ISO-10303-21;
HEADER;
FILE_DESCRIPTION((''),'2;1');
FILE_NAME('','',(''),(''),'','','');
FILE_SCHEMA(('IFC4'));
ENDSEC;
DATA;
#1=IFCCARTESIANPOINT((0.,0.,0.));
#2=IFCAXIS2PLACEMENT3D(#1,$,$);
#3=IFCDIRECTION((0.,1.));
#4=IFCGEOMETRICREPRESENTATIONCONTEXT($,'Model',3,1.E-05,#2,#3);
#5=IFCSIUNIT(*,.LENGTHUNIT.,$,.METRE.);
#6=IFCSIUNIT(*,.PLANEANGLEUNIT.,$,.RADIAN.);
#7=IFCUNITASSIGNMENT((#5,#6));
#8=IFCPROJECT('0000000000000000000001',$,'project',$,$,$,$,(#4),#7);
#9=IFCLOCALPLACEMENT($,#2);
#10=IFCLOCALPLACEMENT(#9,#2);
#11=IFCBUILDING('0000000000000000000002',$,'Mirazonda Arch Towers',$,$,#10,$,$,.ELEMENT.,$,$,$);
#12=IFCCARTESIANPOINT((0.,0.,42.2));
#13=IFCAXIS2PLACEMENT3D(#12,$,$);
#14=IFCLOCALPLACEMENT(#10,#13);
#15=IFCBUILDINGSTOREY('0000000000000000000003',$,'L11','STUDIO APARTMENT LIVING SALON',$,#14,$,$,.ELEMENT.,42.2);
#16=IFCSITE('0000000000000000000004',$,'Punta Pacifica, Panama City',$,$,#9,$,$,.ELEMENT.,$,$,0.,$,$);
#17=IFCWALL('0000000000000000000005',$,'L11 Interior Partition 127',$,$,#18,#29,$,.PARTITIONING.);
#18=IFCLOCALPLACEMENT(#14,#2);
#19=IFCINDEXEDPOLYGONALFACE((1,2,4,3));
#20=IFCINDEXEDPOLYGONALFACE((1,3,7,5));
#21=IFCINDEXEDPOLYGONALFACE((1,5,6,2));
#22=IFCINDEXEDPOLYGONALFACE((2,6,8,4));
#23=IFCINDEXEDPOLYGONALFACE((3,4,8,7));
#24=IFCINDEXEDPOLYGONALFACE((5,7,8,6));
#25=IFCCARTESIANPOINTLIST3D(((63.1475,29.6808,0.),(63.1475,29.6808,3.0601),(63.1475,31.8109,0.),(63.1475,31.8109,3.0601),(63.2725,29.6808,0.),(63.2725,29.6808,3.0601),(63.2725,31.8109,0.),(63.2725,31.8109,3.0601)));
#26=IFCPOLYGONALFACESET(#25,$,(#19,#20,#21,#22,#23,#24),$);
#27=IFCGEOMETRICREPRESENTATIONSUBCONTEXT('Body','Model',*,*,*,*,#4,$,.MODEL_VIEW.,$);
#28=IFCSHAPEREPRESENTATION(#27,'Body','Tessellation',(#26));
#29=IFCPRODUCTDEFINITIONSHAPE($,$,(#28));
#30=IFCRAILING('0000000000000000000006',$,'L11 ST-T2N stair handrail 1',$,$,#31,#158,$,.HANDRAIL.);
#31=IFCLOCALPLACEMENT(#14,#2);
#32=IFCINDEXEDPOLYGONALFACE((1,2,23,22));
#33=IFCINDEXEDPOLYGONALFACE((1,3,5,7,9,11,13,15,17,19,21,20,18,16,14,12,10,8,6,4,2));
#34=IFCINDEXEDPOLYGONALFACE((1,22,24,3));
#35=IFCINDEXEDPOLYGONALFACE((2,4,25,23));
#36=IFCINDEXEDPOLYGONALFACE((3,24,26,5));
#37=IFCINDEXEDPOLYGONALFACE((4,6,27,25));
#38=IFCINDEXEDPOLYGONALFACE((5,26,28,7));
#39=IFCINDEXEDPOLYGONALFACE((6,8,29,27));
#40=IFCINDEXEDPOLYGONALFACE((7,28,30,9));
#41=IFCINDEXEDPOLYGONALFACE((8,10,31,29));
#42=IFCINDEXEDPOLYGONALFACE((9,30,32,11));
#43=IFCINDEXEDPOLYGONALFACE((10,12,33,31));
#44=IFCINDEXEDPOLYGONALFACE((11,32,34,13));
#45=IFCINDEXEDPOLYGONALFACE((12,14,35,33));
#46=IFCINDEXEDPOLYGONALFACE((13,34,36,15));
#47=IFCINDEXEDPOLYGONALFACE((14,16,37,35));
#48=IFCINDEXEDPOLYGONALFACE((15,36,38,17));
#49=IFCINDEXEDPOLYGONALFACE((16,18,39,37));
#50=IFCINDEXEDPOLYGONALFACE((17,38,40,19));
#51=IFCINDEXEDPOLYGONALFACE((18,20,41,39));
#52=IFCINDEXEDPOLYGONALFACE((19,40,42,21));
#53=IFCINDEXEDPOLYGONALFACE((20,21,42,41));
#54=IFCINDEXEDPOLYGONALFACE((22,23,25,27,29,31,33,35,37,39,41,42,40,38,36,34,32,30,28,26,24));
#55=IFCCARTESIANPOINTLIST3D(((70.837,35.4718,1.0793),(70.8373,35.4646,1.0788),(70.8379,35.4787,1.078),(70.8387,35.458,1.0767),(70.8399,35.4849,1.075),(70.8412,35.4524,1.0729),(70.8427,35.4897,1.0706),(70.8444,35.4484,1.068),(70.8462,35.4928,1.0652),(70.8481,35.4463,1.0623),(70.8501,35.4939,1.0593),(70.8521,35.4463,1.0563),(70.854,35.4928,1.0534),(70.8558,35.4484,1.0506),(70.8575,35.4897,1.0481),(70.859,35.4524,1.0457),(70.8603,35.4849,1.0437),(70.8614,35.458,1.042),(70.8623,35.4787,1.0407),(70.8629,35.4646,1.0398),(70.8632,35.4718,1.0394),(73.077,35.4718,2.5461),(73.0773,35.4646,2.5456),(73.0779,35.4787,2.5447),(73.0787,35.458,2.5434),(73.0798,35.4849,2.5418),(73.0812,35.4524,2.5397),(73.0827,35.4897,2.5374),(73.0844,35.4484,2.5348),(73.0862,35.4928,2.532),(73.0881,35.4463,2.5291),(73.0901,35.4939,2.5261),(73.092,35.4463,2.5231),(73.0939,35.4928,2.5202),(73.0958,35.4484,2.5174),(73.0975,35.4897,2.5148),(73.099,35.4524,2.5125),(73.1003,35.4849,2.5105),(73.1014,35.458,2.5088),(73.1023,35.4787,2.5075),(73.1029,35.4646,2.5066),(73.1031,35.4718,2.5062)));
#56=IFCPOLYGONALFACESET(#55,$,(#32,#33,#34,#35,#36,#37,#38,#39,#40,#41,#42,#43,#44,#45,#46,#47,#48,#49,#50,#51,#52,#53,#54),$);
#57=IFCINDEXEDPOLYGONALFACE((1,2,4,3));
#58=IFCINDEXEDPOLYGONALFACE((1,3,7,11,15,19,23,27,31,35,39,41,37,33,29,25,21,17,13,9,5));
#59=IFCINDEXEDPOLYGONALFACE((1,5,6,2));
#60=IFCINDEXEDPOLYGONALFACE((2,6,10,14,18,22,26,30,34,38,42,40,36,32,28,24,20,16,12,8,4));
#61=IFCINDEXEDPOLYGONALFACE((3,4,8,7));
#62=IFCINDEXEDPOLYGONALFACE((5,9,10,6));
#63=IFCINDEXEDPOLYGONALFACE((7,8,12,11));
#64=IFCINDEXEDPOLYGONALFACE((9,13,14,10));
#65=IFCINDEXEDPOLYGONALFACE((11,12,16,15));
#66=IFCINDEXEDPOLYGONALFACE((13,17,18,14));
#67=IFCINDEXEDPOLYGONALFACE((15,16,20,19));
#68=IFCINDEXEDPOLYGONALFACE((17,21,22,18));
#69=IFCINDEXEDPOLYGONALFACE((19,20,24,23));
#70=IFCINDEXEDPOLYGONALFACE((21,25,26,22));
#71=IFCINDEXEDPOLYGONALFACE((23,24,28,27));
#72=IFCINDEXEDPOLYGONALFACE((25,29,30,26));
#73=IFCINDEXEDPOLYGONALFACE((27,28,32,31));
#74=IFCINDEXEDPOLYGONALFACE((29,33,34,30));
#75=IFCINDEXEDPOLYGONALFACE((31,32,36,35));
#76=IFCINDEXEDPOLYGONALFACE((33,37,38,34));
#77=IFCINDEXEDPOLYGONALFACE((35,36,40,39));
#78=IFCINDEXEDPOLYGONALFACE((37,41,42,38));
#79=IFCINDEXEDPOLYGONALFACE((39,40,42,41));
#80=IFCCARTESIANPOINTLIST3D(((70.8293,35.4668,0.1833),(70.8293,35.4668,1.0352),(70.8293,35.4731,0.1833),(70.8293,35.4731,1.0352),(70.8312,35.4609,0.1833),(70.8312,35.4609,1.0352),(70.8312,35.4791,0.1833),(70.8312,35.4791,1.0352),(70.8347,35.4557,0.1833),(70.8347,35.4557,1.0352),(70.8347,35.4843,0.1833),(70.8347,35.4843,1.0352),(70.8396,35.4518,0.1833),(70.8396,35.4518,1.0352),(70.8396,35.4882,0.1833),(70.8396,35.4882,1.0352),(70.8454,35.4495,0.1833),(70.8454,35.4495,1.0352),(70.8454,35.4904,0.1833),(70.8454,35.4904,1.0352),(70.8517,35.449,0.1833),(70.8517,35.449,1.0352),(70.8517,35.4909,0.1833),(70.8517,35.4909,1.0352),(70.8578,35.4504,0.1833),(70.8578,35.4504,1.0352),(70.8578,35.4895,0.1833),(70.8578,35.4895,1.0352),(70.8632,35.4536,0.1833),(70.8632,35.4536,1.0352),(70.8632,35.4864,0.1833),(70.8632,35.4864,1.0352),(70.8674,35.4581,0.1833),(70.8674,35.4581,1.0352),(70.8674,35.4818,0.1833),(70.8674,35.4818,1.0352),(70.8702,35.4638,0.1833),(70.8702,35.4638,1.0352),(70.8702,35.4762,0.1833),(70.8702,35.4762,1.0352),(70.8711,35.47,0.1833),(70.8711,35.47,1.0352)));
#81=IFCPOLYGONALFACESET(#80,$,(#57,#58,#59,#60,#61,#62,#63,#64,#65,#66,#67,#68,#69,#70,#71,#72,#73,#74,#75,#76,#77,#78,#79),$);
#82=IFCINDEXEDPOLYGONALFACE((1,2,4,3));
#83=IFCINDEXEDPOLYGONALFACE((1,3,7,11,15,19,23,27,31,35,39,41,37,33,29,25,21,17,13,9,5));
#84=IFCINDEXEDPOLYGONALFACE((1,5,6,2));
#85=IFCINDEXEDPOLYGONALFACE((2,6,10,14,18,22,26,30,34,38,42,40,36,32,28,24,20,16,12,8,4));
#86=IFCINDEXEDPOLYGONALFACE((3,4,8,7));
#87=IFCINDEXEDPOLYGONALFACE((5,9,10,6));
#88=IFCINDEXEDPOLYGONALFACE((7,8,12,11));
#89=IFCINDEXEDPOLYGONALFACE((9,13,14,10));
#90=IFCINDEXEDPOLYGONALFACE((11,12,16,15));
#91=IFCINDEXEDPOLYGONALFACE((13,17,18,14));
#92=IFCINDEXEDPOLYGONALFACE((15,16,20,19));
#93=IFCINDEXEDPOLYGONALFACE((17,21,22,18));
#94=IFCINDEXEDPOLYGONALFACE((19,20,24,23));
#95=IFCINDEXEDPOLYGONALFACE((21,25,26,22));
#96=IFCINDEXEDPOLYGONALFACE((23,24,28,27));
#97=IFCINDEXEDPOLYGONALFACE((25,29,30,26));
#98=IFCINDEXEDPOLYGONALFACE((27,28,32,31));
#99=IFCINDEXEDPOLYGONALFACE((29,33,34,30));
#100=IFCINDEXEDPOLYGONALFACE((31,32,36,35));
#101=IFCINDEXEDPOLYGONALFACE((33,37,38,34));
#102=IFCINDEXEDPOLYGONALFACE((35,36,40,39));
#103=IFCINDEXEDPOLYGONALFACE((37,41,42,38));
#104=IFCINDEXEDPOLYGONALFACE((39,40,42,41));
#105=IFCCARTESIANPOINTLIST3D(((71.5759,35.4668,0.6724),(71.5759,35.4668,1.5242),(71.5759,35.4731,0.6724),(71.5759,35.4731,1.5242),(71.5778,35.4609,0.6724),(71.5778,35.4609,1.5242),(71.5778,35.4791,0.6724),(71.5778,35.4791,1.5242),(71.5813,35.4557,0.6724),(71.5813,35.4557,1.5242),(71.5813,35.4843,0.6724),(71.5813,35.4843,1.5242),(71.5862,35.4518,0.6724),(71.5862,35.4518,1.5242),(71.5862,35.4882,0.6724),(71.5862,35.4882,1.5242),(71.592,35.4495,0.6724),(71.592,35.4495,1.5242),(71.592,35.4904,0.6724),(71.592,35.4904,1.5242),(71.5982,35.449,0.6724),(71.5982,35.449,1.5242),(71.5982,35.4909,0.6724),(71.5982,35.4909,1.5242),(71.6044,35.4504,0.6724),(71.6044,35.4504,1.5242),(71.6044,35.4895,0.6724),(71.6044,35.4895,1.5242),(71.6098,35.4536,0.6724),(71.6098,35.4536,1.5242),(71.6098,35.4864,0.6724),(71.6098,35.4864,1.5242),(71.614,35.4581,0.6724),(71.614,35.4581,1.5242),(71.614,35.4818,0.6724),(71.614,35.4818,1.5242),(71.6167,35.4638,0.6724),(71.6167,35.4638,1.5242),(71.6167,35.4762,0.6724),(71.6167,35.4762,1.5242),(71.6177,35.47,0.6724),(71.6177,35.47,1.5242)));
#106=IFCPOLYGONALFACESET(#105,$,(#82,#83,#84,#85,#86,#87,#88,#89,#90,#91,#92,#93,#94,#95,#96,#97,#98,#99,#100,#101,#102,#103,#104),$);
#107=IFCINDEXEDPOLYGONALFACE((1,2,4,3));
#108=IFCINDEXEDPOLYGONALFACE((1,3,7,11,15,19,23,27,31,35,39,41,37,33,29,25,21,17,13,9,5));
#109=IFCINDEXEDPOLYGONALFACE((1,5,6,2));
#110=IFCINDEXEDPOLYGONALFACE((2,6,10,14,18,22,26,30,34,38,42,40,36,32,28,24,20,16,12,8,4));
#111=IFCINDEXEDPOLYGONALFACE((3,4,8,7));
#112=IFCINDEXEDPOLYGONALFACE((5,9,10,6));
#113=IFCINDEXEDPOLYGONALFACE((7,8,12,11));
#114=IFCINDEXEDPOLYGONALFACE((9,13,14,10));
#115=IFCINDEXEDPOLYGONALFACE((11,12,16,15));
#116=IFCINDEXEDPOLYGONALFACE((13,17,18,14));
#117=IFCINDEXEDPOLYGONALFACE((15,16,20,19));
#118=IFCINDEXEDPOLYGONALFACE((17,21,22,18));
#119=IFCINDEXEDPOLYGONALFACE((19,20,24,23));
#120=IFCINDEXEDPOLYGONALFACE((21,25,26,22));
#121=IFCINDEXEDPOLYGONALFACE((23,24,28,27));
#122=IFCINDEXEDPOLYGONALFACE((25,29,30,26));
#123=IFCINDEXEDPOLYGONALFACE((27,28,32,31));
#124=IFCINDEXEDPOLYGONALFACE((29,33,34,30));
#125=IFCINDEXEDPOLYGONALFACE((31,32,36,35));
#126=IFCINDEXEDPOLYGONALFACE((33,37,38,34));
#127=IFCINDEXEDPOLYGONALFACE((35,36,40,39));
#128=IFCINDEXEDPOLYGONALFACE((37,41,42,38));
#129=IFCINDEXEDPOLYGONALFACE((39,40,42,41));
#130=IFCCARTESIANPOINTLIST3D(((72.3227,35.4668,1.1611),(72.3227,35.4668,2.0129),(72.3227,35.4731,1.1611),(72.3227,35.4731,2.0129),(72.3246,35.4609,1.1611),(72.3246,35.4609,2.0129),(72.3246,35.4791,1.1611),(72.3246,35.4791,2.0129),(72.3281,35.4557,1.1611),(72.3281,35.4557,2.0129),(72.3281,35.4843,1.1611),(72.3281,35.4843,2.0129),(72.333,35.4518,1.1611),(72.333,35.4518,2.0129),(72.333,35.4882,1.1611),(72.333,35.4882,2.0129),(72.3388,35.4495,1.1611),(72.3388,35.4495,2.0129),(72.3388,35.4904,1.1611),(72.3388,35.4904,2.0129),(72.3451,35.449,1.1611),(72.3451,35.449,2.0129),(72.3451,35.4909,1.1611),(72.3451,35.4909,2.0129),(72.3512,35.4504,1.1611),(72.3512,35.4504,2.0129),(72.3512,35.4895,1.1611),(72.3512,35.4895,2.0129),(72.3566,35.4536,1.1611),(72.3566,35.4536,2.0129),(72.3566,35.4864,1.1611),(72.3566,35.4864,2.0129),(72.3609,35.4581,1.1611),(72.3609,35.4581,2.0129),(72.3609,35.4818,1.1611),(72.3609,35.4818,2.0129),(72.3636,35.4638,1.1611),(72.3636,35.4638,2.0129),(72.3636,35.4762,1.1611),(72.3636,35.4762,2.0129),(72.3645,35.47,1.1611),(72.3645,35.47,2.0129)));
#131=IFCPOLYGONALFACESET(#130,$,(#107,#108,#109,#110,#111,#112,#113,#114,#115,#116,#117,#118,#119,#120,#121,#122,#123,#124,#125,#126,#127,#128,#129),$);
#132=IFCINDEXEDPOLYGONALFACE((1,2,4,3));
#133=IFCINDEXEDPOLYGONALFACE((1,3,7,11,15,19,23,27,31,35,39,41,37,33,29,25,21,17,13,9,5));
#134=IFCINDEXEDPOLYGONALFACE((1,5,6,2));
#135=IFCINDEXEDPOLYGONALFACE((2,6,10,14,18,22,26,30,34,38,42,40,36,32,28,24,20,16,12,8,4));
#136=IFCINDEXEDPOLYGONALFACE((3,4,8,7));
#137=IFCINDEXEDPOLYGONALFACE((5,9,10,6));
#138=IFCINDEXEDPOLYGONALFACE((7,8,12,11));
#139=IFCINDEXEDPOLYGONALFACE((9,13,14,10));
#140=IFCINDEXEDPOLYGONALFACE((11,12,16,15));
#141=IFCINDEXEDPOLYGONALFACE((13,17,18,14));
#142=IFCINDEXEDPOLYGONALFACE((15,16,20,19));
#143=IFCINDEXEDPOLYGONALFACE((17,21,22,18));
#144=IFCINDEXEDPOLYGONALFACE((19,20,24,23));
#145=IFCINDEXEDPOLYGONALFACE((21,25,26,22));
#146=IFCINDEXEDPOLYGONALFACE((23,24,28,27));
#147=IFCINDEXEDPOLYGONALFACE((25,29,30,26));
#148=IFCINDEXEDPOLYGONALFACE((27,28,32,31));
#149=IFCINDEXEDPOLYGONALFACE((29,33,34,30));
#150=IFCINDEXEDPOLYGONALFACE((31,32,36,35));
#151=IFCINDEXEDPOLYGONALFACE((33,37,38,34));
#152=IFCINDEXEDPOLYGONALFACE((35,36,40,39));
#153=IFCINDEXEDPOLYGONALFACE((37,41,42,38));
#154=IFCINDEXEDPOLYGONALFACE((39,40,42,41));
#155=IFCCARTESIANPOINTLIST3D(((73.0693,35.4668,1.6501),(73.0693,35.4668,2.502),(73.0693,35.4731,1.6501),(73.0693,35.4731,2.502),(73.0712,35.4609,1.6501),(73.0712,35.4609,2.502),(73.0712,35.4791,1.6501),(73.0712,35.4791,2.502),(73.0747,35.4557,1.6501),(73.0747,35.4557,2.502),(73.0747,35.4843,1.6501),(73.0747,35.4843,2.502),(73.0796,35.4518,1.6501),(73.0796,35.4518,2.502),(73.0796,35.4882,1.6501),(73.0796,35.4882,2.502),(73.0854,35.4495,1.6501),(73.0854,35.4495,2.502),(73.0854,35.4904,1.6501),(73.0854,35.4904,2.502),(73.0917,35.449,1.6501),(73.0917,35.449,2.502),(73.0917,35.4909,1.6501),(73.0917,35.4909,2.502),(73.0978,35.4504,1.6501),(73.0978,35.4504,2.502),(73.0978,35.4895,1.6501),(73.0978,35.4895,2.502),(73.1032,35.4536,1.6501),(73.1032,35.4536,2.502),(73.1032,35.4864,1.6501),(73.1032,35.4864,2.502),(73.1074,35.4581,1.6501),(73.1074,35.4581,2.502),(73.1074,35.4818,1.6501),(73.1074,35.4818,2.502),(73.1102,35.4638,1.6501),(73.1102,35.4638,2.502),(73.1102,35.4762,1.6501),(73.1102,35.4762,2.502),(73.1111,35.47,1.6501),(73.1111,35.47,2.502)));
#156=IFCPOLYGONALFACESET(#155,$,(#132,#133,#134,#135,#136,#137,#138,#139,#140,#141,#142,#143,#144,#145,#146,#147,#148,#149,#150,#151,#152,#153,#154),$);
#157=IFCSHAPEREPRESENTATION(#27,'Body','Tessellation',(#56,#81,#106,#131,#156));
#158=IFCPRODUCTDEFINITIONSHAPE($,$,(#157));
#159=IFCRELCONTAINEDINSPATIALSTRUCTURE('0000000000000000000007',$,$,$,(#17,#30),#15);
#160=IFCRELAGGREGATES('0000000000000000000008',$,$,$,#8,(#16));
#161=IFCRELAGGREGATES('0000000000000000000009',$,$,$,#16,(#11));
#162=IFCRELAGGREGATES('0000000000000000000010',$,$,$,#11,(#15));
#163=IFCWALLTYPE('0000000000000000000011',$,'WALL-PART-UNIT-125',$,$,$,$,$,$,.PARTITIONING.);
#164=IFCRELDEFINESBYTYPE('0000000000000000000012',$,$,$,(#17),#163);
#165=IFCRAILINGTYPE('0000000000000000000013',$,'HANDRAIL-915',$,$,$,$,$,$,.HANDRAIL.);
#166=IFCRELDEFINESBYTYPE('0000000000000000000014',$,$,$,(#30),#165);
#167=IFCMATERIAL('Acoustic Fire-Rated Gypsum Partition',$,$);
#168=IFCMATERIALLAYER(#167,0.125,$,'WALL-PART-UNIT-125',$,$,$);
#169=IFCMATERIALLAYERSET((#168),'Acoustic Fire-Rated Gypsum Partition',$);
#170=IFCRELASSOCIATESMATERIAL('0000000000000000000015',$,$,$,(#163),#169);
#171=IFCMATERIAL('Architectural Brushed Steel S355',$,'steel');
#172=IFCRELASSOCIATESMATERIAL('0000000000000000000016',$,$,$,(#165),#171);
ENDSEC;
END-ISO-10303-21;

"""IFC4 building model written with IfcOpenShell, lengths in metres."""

from ifc_helpers import new_model, si_unit, direction, frame, frame_2d, origin, origin_2d, place, context, subcontext, project, spatial, rectangle, circle, extrude, material, layer, layer_set, type_object, element, save


model = new_model("IFC4")

# Units and contexts
model_context = context("Model", 3, precision=1e-05, world=origin(), true_north=direction((0.0, 1.0)))
body_context = subcontext(model_context, "Body", "Model", "MODEL_VIEW")
ifc_project = project(units=[si_unit("LENGTHUNIT", "METRE"), si_unit("PLANEANGLEUNIT", "RADIAN")], contexts=[model_context])

# Site, building, storey
site_placement = place(None, origin())
site = spatial("IfcSite", under=ifc_project, at=site_placement, Name="Punta Pacifica, Panama City", CompositionType="ELEMENT", RefElevation=0.0)
building_placement = place(site_placement, origin())
building = spatial("IfcBuilding", under=site, at=building_placement, Name="Mirazonda Arch Towers", CompositionType="ELEMENT")
storey_placement = place(building_placement, frame((0.0, 0.0, 42.2)))
storey = spatial("IfcBuildingStorey", under=building, at=storey_placement, Name="L11", Description="STUDIO APARTMENT LIVING SALON", CompositionType="ELEMENT", Elevation=42.2)

# Shared definitions
ifc_material_1 = material(Name="Architectural Brushed Steel S355", Category="steel")

# Wall
ifc_material_2 = material(Name="Acoustic Fire-Rated Gypsum Partition")
ifc_layer_1 = layer(ifc_material_2, 0.125, Name="WALL-PART-UNIT-125")
ifc_layer_set_1 = layer_set([ifc_layer_1], Name="Acoustic Fire-Rated Gypsum Partition")
wall_type_1 = type_object("IfcWallType", Name="WALL-PART-UNIT-125", PredefinedType="PARTITIONING", material=ifc_layer_set_1)
wall_1_placement = place(storey_placement, frame((63.21, 29.6809, 0.0), z_axis=(0.0, 0.0, 1.0), x_axis=(0.0, 1.0, 0.0)))
element("IfcWall", 1, at=wall_1_placement, inside=storey, type_object=wall_type_1, Name="L11 Interior Partition 127", PredefinedType="PARTITIONING", context=body_context, shape_type="SweptSolid", body=[
    extrude(rectangle(XDim=2.1301, YDim=0.125, at=frame_2d((1.0649, 0.0))), origin(), (0.0, 0.0, 1.0), 3.0601),
])

# Railing
railing_type = type_object("IfcRailingType", Name="HANDRAIL-915", PredefinedType="HANDRAIL", material=ifc_material_1)
railing_placement = place(storey_placement, frame((70.8501, 35.47, 0.1833)))
element("IfcRailing", 2, at=railing_placement, inside=storey, type_object=railing_type, Name="L11 ST-T2N stair handrail 1", PredefinedType="HANDRAIL", context=body_context, shape_type="SweptSolid", body=[
    extrude(circle(Radius=0.0239, at=origin_2d()), frame((0.0, 0.0, 0.876), z_axis=(0.836595, 0.0, 0.547822), x_axis=(0.0, 1.0, 0.0)), (0.0, 0.0, 1.0), 2.6775),
    extrude(circle(Radius=0.021, at=origin_2d()), origin(), (0.0, 0.0, 1.0), 0.8518),
    extrude(circle(Radius=0.021, at=origin_2d()), frame((0.7466, 0.0, 0.489)), (0.0, 0.0, 1.0), 0.8518),
    extrude(circle(Radius=0.021, at=origin_2d()), frame((1.4934, 0.0, 0.9778)), (0.0, 0.0, 1.0), 0.8518),
    extrude(circle(Radius=0.021, at=origin_2d()), frame((2.24, 0.0, 1.4668)), (0.0, 0.0, 1.0), 0.8518),
])

save(model, "model.ifc")
